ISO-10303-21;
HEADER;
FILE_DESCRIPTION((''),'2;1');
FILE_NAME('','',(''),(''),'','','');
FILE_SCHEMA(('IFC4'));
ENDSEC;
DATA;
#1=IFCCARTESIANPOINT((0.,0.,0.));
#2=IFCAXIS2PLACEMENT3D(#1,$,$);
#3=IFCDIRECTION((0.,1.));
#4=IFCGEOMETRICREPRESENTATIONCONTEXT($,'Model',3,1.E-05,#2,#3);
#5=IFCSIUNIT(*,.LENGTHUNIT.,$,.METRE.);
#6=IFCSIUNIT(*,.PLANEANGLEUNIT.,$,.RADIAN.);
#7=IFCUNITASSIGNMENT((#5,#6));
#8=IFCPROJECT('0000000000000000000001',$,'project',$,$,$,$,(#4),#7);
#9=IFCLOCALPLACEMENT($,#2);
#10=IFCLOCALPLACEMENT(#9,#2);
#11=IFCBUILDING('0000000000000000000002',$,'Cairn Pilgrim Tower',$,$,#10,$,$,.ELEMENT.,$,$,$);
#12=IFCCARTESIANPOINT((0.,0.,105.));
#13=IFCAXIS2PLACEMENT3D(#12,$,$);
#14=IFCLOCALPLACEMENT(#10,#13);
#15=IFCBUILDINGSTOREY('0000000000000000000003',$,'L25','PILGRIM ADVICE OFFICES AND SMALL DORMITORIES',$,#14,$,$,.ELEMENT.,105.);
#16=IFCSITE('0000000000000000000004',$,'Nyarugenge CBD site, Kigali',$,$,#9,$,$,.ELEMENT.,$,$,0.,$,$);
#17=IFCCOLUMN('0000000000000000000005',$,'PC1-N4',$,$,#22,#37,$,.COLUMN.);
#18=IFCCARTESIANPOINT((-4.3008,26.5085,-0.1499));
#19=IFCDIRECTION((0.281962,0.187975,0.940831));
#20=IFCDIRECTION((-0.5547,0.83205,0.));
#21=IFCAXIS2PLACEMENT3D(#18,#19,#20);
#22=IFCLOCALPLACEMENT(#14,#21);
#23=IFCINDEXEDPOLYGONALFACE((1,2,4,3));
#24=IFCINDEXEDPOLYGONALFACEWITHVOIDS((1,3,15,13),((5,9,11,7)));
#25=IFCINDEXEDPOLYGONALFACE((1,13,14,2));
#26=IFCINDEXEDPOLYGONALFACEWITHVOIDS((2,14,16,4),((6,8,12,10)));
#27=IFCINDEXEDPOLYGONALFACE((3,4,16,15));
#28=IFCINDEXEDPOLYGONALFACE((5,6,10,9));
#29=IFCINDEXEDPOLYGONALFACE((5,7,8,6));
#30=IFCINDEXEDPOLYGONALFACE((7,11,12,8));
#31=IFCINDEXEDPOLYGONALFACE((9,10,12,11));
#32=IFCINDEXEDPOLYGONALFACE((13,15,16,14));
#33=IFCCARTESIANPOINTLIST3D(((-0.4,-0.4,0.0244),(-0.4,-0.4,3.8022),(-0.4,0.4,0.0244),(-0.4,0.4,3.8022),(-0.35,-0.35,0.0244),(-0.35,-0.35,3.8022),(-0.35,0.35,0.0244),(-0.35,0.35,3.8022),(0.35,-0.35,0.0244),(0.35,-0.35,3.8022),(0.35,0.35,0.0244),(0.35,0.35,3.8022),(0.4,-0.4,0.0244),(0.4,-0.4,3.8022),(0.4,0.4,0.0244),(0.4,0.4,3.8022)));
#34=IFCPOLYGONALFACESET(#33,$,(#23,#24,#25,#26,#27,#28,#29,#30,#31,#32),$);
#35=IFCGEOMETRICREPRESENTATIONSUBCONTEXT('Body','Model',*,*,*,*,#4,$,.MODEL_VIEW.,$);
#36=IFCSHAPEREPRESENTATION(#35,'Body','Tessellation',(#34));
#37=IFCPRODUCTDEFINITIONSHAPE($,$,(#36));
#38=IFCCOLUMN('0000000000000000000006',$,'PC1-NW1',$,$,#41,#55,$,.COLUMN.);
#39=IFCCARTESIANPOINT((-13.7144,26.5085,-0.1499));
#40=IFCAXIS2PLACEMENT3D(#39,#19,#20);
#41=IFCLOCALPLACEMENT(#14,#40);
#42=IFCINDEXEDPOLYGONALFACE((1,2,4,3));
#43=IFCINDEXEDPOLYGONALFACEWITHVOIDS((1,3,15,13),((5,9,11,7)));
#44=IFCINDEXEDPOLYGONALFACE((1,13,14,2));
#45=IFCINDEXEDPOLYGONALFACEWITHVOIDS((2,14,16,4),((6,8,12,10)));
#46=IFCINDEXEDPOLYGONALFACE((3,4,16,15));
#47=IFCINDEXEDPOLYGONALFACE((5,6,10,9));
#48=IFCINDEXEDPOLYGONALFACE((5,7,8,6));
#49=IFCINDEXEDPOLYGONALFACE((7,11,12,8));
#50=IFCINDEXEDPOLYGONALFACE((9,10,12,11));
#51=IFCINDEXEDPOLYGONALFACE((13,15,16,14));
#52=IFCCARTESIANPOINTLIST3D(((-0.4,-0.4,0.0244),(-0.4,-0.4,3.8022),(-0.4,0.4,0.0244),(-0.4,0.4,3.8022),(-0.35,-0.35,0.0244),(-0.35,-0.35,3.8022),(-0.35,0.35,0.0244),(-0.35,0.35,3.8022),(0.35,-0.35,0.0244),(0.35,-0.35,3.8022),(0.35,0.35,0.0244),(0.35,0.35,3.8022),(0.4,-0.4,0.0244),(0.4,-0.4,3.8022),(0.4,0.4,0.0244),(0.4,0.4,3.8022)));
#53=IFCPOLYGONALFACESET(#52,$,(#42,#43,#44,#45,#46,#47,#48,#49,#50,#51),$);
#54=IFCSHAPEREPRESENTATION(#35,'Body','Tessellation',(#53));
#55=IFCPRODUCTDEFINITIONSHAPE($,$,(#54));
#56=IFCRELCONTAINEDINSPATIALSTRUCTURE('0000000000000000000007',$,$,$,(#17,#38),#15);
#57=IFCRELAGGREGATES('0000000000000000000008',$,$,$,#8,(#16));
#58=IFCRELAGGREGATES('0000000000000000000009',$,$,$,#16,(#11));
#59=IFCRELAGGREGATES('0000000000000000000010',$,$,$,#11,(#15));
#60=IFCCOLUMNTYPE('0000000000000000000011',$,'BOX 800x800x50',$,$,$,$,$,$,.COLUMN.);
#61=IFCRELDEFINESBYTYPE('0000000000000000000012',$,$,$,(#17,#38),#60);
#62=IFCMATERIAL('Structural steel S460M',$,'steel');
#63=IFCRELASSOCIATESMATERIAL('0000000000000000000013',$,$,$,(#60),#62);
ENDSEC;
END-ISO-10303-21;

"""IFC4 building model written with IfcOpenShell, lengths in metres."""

from ifc_helpers import new_model, si_unit, direction, frame, origin, origin_2d, place, context, subcontext, project, spatial, hollow_rectangle, extrude, clip, halfspace, material, material_profile, profile_set, type_object, element, save


model = new_model("IFC4")

# Units and contexts
model_context = context("Model", 3, precision=1e-05, world=origin(), true_north=direction((0.0, 1.0)))
body_context = subcontext(model_context, "Body", "Model", "MODEL_VIEW")
ifc_project = project(units=[si_unit("LENGTHUNIT", "METRE"), si_unit("PLANEANGLEUNIT", "RADIAN")], contexts=[model_context])

# Site, building, storey
site_placement = place(None, origin())
site = spatial("IfcSite", under=ifc_project, at=site_placement, Name="Nyarugenge CBD site, Kigali", CompositionType="ELEMENT", RefElevation=0.0)
building_placement = place(site_placement, origin())
building = spatial("IfcBuilding", under=site, at=building_placement, Name="Cairn Pilgrim Tower", CompositionType="ELEMENT")
storey_placement = place(building_placement, frame((0.0, 0.0, 105.0)))
storey = spatial("IfcBuildingStorey", under=building, at=storey_placement, Name="L25", Description="PILGRIM ADVICE OFFICES AND SMALL DORMITORIES", CompositionType="ELEMENT", Elevation=105.0)

# Columns
ifc_material_1 = material(Name="Structural steel S460M", Category="steel")
ifc_material_profile_1 = material_profile(ifc_material_1, hollow_rectangle(XDim=0.8, YDim=0.8, WallThickness=0.05, at=origin_2d()), Name="BOX 800x800x50")
ifc_profile_set_1 = profile_set([ifc_material_profile_1], Name="Structural steel S460M")
column_type = type_object("IfcColumnType", Name="BOX 800x800x50", PredefinedType="COLUMN", material=ifc_profile_set_1)
for number, where, z_axis, x_axis, name in (
    (1, (-4.3008, 26.5085, -0.1499), (0.281962, 0.187975, 0.940831), (-0.5547, 0.83205, 0.0), "PC1-N4"),
    (2, (-13.7144, 26.5085, -0.1499), (0.281962, 0.187975, 0.940831), (-0.5547, 0.83205, 0.0), "PC1-NW1"),
):
    element("IfcColumn", number, at=place(storey_placement, frame(where, z_axis=z_axis, x_axis=x_axis)), inside=storey, type_object=column_type, Name=name, PredefinedType="COLUMN", context=body_context, shape_type="Clipping", body=[
        clip(clip(extrude(hollow_rectangle(XDim=0.8, YDim=0.8, WallThickness=0.05, at=origin_2d()), origin(), (0.0, 0.0, 1.0), 3.8262), halfspace(frame((0.0, 0.0, 0.0244), z_axis=(0.0, 0.0, 1.0), x_axis=(1.0, 0.0, 0.0)), True)), halfspace(frame((0.0, 0.0, 3.8022), z_axis=(0.0, 0.0, 1.0), x_axis=(1.0, 0.0, 0.0)), False)),
    ])

save(model, "model.ifc")
